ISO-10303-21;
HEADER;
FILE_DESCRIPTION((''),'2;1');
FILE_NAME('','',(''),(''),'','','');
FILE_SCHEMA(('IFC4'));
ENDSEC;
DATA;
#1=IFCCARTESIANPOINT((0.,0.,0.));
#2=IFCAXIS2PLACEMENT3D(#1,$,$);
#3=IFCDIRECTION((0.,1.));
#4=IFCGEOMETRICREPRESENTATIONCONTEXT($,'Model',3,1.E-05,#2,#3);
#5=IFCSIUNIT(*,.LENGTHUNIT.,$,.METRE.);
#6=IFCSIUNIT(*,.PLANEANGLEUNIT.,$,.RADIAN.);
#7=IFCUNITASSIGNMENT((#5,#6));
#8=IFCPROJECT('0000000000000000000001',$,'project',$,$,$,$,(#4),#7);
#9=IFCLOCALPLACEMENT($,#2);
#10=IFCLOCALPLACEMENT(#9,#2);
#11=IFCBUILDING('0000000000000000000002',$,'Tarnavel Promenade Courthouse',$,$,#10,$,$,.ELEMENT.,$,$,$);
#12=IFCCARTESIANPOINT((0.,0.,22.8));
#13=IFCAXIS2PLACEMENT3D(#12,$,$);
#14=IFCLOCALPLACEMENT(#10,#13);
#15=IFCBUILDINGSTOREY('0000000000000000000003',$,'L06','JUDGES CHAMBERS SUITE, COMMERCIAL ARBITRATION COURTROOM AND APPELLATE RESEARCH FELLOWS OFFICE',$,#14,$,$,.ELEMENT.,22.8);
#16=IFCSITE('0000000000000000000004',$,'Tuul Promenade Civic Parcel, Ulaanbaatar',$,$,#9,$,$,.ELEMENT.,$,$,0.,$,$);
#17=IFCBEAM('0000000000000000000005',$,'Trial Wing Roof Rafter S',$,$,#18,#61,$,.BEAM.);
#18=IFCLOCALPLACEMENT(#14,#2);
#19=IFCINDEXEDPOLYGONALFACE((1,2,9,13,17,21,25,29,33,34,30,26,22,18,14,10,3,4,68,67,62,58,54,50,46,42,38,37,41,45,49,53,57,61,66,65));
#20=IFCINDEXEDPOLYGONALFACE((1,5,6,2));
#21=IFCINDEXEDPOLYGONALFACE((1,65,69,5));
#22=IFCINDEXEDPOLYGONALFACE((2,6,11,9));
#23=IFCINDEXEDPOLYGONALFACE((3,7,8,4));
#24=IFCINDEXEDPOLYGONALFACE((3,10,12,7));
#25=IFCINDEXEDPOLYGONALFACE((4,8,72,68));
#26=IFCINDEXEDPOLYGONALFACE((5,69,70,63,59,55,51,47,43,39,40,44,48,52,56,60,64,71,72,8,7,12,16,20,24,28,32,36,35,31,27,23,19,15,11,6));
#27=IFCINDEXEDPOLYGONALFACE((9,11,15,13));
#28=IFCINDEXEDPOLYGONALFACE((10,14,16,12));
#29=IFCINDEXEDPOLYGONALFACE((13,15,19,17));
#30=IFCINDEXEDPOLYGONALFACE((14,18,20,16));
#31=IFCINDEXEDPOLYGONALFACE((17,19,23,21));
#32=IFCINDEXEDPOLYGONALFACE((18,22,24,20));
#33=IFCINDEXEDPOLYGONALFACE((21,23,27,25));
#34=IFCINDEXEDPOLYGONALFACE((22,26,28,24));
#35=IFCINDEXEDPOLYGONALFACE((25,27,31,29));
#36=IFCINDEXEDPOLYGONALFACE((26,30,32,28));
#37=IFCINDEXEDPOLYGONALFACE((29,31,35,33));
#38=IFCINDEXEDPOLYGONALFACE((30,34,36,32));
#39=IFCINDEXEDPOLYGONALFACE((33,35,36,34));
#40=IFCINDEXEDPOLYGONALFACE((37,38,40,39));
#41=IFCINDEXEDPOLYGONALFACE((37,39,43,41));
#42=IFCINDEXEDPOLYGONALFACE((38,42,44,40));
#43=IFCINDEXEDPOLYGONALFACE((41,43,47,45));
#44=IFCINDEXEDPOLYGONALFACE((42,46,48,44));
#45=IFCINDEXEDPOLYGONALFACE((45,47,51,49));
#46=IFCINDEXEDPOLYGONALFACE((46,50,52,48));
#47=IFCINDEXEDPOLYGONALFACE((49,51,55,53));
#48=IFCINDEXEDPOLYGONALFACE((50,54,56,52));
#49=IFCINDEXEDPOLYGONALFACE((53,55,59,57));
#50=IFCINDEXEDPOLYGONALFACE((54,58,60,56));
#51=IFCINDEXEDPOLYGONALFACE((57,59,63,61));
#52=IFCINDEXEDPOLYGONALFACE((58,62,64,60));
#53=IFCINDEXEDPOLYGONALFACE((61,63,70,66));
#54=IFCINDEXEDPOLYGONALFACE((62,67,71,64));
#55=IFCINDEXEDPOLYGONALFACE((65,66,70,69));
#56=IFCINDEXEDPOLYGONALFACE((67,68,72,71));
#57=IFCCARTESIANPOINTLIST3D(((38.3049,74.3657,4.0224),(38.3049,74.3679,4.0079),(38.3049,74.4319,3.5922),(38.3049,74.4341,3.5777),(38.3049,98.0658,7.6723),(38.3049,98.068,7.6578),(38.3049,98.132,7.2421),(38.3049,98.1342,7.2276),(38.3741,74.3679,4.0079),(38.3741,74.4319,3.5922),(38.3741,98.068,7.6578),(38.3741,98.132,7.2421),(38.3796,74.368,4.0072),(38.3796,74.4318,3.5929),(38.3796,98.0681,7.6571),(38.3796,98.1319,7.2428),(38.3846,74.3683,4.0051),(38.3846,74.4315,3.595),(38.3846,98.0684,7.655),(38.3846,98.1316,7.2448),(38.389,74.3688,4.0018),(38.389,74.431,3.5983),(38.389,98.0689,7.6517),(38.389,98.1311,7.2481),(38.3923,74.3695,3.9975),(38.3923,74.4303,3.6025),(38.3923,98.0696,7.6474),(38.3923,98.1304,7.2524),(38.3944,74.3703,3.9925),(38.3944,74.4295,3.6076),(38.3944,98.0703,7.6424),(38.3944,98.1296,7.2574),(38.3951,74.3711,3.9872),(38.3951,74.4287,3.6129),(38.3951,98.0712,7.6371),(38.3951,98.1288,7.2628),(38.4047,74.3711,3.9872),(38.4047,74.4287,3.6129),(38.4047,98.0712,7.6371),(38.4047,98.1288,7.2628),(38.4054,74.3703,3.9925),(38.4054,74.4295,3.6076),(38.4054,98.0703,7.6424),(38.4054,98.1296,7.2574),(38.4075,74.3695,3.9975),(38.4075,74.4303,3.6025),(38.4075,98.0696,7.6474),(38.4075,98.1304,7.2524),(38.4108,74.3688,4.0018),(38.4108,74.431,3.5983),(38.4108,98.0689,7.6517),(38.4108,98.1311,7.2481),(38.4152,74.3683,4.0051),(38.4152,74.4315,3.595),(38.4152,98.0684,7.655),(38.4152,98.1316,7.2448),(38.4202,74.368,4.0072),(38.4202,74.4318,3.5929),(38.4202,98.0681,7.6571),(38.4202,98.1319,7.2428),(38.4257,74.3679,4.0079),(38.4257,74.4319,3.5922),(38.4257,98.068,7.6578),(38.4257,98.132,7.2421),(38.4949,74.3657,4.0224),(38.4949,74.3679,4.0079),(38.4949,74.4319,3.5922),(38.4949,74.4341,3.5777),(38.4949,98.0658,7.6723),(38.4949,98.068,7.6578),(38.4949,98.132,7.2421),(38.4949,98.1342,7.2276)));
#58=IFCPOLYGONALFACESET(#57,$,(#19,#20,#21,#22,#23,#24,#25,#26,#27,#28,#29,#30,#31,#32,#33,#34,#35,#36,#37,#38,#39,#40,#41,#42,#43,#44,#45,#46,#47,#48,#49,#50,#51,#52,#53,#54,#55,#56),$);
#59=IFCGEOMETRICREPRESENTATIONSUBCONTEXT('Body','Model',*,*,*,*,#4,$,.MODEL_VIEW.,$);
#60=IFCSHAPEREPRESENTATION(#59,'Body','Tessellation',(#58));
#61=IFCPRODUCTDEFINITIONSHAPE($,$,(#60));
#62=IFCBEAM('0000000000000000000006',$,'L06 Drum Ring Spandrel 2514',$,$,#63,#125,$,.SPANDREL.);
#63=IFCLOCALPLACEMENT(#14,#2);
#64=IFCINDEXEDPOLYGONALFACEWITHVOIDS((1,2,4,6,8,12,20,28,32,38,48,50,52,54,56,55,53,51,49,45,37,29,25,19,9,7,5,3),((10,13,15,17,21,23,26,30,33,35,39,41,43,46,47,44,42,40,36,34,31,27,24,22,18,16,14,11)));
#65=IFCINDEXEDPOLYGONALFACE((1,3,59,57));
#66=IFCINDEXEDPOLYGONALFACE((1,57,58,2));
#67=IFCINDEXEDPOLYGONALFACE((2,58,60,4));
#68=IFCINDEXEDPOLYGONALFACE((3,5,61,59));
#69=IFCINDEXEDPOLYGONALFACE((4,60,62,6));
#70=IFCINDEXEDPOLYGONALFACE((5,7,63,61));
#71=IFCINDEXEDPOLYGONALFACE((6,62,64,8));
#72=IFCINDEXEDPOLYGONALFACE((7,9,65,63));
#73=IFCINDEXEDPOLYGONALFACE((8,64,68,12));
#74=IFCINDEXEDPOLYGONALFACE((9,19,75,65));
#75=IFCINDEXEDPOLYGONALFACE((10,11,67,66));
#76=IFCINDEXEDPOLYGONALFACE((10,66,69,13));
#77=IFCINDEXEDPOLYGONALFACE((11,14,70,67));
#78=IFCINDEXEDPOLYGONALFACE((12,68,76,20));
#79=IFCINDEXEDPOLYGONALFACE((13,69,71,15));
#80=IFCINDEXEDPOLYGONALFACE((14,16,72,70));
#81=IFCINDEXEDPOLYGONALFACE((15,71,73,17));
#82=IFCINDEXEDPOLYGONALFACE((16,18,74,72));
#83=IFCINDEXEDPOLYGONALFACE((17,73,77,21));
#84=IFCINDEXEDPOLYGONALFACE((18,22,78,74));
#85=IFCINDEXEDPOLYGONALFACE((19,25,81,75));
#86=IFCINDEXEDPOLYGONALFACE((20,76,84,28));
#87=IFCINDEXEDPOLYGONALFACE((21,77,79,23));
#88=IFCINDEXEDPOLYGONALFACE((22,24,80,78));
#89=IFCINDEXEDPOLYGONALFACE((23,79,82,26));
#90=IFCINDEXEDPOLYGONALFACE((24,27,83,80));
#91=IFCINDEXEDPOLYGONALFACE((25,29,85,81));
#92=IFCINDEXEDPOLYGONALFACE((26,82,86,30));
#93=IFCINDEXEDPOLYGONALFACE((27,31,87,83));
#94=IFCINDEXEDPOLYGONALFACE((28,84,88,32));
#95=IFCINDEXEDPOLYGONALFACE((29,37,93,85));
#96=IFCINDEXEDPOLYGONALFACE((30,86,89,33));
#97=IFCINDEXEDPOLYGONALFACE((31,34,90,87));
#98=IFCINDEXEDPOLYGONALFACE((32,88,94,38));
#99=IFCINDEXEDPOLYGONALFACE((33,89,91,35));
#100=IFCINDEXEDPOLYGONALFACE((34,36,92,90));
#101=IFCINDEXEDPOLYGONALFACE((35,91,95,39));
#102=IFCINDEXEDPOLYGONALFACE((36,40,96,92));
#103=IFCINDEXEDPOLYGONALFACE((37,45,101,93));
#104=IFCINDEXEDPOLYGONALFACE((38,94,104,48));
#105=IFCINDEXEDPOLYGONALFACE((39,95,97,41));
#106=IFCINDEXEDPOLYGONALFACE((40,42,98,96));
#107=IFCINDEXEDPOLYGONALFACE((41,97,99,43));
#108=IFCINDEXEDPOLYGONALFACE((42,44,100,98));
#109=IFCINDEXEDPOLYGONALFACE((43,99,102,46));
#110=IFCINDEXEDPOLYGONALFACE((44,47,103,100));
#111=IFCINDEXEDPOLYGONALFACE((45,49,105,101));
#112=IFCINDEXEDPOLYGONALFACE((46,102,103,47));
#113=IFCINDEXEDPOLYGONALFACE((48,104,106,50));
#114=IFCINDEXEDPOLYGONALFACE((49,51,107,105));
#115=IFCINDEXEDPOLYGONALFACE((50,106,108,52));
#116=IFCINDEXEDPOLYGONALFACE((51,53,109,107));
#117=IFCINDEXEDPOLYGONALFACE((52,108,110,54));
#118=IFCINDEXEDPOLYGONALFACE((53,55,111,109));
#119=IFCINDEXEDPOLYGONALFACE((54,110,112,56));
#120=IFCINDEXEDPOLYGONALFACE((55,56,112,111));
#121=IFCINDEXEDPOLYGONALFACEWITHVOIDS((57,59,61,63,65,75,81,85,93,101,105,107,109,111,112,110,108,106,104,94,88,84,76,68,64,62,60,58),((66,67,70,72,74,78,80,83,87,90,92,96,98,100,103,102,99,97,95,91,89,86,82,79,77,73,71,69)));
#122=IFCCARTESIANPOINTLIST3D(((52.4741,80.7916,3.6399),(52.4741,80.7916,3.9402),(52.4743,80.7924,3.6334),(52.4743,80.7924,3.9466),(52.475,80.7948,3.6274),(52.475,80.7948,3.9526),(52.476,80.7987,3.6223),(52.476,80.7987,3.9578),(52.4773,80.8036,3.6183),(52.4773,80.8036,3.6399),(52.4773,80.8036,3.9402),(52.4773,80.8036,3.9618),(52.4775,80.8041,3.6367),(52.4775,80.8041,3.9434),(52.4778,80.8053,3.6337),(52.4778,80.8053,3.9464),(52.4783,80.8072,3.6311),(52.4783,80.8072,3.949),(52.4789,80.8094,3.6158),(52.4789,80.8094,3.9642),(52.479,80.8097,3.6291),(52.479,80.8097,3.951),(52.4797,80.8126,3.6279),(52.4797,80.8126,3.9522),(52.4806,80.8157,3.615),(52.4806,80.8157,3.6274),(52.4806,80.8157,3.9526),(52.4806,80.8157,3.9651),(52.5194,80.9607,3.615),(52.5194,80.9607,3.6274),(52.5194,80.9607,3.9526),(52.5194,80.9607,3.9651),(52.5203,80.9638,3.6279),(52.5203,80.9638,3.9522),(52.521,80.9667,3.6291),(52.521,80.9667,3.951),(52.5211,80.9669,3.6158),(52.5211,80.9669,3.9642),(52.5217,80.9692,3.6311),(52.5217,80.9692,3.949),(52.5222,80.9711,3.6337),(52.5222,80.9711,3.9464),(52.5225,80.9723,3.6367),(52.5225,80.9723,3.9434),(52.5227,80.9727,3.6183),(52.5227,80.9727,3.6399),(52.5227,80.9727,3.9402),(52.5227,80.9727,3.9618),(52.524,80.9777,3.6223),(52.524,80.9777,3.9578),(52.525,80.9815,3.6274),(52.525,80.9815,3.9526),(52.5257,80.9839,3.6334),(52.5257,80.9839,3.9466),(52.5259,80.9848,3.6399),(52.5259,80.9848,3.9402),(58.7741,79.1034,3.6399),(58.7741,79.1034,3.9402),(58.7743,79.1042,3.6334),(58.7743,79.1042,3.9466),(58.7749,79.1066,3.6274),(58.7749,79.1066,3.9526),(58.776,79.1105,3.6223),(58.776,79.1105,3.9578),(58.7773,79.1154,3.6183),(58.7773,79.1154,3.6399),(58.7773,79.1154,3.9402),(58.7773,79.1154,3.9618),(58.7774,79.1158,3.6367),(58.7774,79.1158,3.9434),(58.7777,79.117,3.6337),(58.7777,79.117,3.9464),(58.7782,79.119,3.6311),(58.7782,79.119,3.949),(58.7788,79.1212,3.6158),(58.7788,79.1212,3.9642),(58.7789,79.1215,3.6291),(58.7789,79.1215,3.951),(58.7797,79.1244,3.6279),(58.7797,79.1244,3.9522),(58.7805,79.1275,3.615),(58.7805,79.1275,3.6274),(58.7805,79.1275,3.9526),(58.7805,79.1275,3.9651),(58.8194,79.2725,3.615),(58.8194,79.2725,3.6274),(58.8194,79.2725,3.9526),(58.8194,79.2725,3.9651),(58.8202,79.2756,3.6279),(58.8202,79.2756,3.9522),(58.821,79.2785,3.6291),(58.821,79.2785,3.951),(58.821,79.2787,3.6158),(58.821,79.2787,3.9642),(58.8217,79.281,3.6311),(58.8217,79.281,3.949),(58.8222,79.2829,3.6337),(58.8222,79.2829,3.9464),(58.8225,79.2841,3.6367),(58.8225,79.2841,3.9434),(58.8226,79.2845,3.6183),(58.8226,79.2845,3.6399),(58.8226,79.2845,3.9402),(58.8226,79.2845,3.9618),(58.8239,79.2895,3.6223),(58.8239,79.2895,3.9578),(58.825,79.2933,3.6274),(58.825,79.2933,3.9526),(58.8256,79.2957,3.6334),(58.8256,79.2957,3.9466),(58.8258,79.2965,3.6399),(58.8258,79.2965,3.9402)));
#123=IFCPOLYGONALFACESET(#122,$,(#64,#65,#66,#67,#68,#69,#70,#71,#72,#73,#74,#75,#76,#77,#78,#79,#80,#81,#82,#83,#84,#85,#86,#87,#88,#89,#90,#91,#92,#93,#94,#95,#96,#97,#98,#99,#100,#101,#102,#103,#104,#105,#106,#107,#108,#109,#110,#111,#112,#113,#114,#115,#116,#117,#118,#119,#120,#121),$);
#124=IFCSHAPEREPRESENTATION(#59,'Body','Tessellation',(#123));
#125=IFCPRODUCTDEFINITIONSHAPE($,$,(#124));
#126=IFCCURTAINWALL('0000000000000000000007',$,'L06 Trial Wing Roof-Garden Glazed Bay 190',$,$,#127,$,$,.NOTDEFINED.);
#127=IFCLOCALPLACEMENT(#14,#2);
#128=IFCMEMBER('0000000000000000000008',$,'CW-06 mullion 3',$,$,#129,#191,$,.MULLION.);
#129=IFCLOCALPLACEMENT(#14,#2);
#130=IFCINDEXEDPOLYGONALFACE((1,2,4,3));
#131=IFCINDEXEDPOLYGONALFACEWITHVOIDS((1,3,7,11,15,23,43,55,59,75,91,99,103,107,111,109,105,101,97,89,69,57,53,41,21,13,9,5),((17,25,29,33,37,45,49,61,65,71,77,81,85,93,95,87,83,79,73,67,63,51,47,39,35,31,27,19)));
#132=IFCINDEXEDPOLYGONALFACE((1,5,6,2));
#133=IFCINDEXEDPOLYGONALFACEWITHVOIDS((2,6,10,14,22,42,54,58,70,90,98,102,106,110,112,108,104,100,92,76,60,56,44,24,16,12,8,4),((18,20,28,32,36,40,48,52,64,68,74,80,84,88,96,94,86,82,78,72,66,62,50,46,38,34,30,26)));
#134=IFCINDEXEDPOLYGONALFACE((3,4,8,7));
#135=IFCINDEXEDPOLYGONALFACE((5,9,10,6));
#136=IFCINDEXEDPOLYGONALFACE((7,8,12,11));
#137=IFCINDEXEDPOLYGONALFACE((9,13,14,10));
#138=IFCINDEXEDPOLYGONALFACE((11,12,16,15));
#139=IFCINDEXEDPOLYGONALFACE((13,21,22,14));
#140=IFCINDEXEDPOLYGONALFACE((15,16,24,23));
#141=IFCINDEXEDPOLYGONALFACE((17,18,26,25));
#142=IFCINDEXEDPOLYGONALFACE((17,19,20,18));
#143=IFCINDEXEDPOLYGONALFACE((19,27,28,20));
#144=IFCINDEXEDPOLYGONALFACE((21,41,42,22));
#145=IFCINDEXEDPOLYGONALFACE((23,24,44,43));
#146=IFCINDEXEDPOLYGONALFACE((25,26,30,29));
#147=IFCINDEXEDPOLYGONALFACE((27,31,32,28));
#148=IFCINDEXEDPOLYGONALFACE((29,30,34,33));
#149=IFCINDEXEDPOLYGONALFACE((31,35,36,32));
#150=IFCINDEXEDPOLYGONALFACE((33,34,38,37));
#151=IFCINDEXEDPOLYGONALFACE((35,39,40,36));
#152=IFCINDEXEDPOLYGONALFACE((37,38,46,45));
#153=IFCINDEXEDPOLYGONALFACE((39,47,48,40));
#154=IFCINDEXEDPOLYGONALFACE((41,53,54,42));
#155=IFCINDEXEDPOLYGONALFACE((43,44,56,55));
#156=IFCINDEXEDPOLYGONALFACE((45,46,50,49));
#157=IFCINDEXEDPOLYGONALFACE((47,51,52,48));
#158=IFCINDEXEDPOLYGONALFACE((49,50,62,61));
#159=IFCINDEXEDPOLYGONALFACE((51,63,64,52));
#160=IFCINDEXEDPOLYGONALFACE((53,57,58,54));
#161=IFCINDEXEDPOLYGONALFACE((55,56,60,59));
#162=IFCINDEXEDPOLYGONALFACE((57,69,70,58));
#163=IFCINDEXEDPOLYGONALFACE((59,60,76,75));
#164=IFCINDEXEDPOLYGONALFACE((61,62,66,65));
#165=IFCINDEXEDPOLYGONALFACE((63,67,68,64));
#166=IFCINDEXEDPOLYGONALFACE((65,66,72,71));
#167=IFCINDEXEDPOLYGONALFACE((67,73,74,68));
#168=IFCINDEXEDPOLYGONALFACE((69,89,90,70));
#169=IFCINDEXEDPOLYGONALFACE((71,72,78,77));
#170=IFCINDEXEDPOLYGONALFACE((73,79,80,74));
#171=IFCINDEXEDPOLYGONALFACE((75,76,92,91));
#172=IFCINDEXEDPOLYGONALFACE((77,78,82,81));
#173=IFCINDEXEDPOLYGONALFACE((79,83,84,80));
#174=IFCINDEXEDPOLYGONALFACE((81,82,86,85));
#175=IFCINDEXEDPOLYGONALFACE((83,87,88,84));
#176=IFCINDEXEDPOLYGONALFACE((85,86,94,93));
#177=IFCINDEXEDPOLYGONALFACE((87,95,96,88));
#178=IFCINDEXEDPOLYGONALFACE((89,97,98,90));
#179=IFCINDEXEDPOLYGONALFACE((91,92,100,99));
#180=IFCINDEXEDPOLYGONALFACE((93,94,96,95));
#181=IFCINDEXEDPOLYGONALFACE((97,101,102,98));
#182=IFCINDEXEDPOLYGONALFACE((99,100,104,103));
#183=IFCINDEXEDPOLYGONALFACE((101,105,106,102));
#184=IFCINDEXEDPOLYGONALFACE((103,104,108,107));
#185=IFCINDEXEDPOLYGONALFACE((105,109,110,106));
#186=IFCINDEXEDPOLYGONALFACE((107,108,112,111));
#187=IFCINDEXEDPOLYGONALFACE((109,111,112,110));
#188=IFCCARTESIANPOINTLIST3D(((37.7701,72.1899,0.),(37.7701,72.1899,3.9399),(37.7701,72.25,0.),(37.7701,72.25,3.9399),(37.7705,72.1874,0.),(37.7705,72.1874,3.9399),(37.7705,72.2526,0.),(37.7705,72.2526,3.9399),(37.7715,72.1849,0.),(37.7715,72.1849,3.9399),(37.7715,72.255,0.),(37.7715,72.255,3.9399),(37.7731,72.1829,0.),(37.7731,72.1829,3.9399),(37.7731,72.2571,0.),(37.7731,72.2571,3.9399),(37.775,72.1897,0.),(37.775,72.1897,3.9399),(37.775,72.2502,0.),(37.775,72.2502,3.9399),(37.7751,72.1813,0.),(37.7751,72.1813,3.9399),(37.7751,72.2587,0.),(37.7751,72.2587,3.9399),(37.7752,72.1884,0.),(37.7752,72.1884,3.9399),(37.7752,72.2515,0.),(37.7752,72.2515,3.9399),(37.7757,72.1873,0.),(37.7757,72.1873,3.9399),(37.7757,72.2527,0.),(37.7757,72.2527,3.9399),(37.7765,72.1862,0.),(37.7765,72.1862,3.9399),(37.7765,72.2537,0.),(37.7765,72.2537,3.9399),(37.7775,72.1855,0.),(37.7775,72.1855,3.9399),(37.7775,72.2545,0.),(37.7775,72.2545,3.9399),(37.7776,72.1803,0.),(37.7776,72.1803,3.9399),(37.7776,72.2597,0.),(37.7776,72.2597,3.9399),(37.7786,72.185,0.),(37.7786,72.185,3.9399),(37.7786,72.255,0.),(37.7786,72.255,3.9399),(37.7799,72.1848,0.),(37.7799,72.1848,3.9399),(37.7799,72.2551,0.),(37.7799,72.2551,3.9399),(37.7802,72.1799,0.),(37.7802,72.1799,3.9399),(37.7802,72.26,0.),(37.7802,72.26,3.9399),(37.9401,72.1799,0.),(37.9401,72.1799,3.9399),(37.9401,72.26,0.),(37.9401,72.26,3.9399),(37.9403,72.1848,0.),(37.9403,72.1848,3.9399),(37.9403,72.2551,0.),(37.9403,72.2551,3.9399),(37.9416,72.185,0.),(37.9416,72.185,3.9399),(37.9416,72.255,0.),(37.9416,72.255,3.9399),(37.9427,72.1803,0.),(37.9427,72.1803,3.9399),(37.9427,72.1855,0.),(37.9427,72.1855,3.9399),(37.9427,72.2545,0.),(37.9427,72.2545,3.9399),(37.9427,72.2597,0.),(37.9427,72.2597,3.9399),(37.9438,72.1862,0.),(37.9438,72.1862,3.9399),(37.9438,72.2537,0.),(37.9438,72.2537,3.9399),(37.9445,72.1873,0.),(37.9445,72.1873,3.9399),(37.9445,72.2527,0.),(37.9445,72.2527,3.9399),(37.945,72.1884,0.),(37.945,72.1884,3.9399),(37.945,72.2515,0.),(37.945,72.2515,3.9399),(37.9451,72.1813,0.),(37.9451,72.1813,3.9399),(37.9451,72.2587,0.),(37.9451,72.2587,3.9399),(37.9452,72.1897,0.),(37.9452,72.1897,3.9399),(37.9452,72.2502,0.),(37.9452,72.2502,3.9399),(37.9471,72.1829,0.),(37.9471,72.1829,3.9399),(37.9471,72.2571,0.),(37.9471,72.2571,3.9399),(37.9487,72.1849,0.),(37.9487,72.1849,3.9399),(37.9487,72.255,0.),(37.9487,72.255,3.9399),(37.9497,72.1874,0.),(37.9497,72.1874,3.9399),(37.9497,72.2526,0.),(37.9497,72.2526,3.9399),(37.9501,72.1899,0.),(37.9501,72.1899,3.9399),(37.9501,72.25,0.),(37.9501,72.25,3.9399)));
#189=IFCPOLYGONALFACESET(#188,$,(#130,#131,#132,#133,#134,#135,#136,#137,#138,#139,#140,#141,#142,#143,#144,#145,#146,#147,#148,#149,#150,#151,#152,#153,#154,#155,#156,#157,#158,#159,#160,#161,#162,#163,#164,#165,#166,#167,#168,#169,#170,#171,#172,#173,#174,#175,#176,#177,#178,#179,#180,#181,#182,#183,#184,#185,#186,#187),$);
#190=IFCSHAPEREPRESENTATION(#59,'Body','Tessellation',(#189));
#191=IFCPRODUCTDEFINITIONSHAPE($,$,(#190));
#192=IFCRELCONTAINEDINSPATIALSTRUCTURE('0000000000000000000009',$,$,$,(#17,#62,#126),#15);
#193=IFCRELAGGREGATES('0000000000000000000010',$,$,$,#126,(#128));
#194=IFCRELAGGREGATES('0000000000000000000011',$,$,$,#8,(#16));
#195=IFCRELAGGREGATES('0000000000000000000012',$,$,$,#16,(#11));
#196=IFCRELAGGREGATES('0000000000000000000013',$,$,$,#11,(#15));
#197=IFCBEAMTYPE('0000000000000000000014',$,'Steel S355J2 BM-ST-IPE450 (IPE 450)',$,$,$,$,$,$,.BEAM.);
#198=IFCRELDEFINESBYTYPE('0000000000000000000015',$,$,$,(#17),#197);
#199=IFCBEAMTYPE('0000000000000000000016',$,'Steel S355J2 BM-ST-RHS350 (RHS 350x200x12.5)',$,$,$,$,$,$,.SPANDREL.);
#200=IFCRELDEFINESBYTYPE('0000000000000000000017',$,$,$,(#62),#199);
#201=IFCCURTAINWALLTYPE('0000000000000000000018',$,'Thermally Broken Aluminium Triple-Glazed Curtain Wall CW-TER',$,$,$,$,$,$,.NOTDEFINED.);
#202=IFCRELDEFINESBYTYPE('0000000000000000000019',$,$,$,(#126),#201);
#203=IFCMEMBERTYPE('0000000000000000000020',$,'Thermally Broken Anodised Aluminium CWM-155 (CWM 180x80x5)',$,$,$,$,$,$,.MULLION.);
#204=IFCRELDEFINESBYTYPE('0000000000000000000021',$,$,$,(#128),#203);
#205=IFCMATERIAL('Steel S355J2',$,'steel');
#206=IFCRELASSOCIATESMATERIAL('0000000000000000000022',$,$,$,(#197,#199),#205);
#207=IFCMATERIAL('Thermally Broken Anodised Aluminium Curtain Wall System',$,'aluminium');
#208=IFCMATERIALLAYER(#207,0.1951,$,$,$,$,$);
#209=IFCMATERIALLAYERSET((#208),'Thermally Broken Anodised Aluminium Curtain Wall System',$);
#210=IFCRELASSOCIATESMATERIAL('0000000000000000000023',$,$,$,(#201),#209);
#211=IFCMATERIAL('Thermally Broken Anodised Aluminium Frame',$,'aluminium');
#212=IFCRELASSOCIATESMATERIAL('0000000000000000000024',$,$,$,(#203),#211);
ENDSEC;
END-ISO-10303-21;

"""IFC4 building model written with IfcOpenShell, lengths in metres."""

from ifc_helpers import new_model, si_unit, direction, frame, origin, origin_2d, place, context, subcontext, project, spatial, hollow_rectangle, i_section, extrude, material, layer, layer_set, material_profile, profile_set, type_object, element, aggregate, save


model = new_model("IFC4")

# Units and contexts
model_context = context("Model", 3, precision=1e-05, world=origin(), true_north=direction((0.0, 1.0)))
body_context = subcontext(model_context, "Body", "Model", "MODEL_VIEW")
ifc_project = project(units=[si_unit("LENGTHUNIT", "METRE"), si_unit("PLANEANGLEUNIT", "RADIAN")], contexts=[model_context])

# Site, building, storey
site_placement = place(None, origin())
site = spatial("IfcSite", under=ifc_project, at=site_placement, Name="Tuul Promenade Civic Parcel, Ulaanbaatar", CompositionType="ELEMENT", RefElevation=0.0)
building_placement = place(site_placement, origin())
building = spatial("IfcBuilding", under=site, at=building_placement, Name="Tarnavel Promenade Courthouse", CompositionType="ELEMENT")
storey_placement = place(building_placement, frame((0.0, 0.0, 22.8)))
storey = spatial("IfcBuildingStorey", under=building, at=storey_placement, Name="L06", Description="JUDGES CHAMBERS SUITE, COMMERCIAL ARBITRATION COURTROOM AND APPELLATE RESEARCH FELLOWS OFFICE", CompositionType="ELEMENT", Elevation=22.8)

# Beams
ifc_material_1 = material(Name="Steel S355J2", Category="steel")
ifc_material_profile_1 = material_profile(ifc_material_1, i_section(OverallWidth=0.1899, OverallDepth=0.45, WebThickness=0.0095, FlangeThickness=0.0146, FilletRadius=0.021, at=origin_2d()), Name="IPE 450")
ifc_profile_set_1 = profile_set([ifc_material_profile_1], Name="Steel S355J2")
beam_type_1 = type_object("IfcBeamType", Name="Steel S355J2 BM-ST-IPE450 (IPE 450)", PredefinedType="BEAM", material=ifc_profile_set_1)
beam_1_placement = place(storey_placement, frame((38.3999, 74.3999, 3.8), z_axis=(0.0, 0.988348, 0.152209), x_axis=(-1.0, 0.0, 0.0)))
element("IfcBeam", 1, at=beam_1_placement, inside=storey, type_object=beam_type_1, Name="Trial Wing Roof Rafter S", PredefinedType="BEAM", context=body_context, shape_type="SweptSolid", body=[
    extrude(i_section(OverallWidth=0.1899, OverallDepth=0.45, WebThickness=0.0095, FlangeThickness=0.0146, FilletRadius=0.021, at=origin_2d()), origin(), (0.0, 0.0, 1.0), 23.9795),
])
ifc_material_profile_2 = material_profile(ifc_material_1, hollow_rectangle(XDim=0.2, YDim=0.3501, WallThickness=0.0125, InnerFilletRadius=0.0125, OuterFilletRadius=0.0249, at=origin_2d()), Name="RHS 350x200x12.5")
ifc_profile_set_2 = profile_set([ifc_material_profile_2], Name="Steel S355J2")
beam_type_2 = type_object("IfcBeamType", Name="Steel S355J2 BM-ST-RHS350 (RHS 350x200x12.5)", PredefinedType="SPANDREL", material=ifc_profile_set_2)
beam_2_placement = place(storey_placement, frame((52.5, 80.8882, 3.79), z_axis=(0.96592, -0.258839, 0.0), x_axis=(0.258839, 0.96592, 0.0)))
element("IfcBeam", 2, at=beam_2_placement, inside=storey, type_object=beam_type_2, Name="L06 Drum Ring Spandrel 2514", PredefinedType="SPANDREL", context=body_context, shape_type="SweptSolid", body=[
    extrude(hollow_rectangle(XDim=0.2, YDim=0.3501, WallThickness=0.0125, InnerFilletRadius=0.0125, OuterFilletRadius=0.0249, at=origin_2d()), origin(), (0.0, 0.0, 1.0), 6.5222),
])

# Curtain wall, member
ifc_material_2 = material(Name="Thermally Broken Anodised Aluminium Curtain Wall System", Category="aluminium")
ifc_layer_1 = layer(ifc_material_2, 0.1951)
ifc_layer_set_1 = layer_set([ifc_layer_1], Name="Thermally Broken Anodised Aluminium Curtain Wall System")
curtain_wall_type = type_object("IfcCurtainWallType", Name="Thermally Broken Aluminium Triple-Glazed Curtain Wall CW-TER", PredefinedType="NOTDEFINED", material=ifc_layer_set_1)
curtain_wall_placement = place(storey_placement, origin())
curtain_wall = element("IfcCurtainWall", 3, at=curtain_wall_placement, inside=storey, type_object=curtain_wall_type, Name="L06 Trial Wing Roof-Garden Glazed Bay 190", PredefinedType="NOTDEFINED")
ifc_material_3 = material(Name="Thermally Broken Anodised Aluminium Frame", Category="aluminium")
ifc_material_profile_3 = material_profile(ifc_material_3, hollow_rectangle(XDim=0.0801, YDim=0.1799, WallThickness=0.0049, InnerFilletRadius=0.0049, OuterFilletRadius=0.01, at=origin_2d()), Name="CWM 180x80x5")
ifc_profile_set_3 = profile_set([ifc_material_profile_3], Name="Thermally Broken Anodised Aluminium Frame")
member_type_1 = type_object("IfcMemberType", Name="Thermally Broken Anodised Aluminium CWM-155 (CWM 180x80x5)", PredefinedType="MULLION", material=ifc_profile_set_3)
member_1_placement = place(storey_placement, frame((37.8601, 72.22, 0.0), z_axis=(0.0, 0.0, 1.0), x_axis=(0.0, 1.0, 0.0)))
member_1 = element("IfcMember", 4, at=member_1_placement, type_object=member_type_1, Name="CW-06 mullion 3", PredefinedType="MULLION", context=body_context, shape_type="SweptSolid", body=[
    extrude(hollow_rectangle(XDim=0.0801, YDim=0.1799, WallThickness=0.0049, InnerFilletRadius=0.0049, OuterFilletRadius=0.01, at=origin_2d()), origin(), (0.0, 0.0, 1.0), 3.9399),
])
aggregate(curtain_wall, [member_1])

save(model, "model.ifc")
